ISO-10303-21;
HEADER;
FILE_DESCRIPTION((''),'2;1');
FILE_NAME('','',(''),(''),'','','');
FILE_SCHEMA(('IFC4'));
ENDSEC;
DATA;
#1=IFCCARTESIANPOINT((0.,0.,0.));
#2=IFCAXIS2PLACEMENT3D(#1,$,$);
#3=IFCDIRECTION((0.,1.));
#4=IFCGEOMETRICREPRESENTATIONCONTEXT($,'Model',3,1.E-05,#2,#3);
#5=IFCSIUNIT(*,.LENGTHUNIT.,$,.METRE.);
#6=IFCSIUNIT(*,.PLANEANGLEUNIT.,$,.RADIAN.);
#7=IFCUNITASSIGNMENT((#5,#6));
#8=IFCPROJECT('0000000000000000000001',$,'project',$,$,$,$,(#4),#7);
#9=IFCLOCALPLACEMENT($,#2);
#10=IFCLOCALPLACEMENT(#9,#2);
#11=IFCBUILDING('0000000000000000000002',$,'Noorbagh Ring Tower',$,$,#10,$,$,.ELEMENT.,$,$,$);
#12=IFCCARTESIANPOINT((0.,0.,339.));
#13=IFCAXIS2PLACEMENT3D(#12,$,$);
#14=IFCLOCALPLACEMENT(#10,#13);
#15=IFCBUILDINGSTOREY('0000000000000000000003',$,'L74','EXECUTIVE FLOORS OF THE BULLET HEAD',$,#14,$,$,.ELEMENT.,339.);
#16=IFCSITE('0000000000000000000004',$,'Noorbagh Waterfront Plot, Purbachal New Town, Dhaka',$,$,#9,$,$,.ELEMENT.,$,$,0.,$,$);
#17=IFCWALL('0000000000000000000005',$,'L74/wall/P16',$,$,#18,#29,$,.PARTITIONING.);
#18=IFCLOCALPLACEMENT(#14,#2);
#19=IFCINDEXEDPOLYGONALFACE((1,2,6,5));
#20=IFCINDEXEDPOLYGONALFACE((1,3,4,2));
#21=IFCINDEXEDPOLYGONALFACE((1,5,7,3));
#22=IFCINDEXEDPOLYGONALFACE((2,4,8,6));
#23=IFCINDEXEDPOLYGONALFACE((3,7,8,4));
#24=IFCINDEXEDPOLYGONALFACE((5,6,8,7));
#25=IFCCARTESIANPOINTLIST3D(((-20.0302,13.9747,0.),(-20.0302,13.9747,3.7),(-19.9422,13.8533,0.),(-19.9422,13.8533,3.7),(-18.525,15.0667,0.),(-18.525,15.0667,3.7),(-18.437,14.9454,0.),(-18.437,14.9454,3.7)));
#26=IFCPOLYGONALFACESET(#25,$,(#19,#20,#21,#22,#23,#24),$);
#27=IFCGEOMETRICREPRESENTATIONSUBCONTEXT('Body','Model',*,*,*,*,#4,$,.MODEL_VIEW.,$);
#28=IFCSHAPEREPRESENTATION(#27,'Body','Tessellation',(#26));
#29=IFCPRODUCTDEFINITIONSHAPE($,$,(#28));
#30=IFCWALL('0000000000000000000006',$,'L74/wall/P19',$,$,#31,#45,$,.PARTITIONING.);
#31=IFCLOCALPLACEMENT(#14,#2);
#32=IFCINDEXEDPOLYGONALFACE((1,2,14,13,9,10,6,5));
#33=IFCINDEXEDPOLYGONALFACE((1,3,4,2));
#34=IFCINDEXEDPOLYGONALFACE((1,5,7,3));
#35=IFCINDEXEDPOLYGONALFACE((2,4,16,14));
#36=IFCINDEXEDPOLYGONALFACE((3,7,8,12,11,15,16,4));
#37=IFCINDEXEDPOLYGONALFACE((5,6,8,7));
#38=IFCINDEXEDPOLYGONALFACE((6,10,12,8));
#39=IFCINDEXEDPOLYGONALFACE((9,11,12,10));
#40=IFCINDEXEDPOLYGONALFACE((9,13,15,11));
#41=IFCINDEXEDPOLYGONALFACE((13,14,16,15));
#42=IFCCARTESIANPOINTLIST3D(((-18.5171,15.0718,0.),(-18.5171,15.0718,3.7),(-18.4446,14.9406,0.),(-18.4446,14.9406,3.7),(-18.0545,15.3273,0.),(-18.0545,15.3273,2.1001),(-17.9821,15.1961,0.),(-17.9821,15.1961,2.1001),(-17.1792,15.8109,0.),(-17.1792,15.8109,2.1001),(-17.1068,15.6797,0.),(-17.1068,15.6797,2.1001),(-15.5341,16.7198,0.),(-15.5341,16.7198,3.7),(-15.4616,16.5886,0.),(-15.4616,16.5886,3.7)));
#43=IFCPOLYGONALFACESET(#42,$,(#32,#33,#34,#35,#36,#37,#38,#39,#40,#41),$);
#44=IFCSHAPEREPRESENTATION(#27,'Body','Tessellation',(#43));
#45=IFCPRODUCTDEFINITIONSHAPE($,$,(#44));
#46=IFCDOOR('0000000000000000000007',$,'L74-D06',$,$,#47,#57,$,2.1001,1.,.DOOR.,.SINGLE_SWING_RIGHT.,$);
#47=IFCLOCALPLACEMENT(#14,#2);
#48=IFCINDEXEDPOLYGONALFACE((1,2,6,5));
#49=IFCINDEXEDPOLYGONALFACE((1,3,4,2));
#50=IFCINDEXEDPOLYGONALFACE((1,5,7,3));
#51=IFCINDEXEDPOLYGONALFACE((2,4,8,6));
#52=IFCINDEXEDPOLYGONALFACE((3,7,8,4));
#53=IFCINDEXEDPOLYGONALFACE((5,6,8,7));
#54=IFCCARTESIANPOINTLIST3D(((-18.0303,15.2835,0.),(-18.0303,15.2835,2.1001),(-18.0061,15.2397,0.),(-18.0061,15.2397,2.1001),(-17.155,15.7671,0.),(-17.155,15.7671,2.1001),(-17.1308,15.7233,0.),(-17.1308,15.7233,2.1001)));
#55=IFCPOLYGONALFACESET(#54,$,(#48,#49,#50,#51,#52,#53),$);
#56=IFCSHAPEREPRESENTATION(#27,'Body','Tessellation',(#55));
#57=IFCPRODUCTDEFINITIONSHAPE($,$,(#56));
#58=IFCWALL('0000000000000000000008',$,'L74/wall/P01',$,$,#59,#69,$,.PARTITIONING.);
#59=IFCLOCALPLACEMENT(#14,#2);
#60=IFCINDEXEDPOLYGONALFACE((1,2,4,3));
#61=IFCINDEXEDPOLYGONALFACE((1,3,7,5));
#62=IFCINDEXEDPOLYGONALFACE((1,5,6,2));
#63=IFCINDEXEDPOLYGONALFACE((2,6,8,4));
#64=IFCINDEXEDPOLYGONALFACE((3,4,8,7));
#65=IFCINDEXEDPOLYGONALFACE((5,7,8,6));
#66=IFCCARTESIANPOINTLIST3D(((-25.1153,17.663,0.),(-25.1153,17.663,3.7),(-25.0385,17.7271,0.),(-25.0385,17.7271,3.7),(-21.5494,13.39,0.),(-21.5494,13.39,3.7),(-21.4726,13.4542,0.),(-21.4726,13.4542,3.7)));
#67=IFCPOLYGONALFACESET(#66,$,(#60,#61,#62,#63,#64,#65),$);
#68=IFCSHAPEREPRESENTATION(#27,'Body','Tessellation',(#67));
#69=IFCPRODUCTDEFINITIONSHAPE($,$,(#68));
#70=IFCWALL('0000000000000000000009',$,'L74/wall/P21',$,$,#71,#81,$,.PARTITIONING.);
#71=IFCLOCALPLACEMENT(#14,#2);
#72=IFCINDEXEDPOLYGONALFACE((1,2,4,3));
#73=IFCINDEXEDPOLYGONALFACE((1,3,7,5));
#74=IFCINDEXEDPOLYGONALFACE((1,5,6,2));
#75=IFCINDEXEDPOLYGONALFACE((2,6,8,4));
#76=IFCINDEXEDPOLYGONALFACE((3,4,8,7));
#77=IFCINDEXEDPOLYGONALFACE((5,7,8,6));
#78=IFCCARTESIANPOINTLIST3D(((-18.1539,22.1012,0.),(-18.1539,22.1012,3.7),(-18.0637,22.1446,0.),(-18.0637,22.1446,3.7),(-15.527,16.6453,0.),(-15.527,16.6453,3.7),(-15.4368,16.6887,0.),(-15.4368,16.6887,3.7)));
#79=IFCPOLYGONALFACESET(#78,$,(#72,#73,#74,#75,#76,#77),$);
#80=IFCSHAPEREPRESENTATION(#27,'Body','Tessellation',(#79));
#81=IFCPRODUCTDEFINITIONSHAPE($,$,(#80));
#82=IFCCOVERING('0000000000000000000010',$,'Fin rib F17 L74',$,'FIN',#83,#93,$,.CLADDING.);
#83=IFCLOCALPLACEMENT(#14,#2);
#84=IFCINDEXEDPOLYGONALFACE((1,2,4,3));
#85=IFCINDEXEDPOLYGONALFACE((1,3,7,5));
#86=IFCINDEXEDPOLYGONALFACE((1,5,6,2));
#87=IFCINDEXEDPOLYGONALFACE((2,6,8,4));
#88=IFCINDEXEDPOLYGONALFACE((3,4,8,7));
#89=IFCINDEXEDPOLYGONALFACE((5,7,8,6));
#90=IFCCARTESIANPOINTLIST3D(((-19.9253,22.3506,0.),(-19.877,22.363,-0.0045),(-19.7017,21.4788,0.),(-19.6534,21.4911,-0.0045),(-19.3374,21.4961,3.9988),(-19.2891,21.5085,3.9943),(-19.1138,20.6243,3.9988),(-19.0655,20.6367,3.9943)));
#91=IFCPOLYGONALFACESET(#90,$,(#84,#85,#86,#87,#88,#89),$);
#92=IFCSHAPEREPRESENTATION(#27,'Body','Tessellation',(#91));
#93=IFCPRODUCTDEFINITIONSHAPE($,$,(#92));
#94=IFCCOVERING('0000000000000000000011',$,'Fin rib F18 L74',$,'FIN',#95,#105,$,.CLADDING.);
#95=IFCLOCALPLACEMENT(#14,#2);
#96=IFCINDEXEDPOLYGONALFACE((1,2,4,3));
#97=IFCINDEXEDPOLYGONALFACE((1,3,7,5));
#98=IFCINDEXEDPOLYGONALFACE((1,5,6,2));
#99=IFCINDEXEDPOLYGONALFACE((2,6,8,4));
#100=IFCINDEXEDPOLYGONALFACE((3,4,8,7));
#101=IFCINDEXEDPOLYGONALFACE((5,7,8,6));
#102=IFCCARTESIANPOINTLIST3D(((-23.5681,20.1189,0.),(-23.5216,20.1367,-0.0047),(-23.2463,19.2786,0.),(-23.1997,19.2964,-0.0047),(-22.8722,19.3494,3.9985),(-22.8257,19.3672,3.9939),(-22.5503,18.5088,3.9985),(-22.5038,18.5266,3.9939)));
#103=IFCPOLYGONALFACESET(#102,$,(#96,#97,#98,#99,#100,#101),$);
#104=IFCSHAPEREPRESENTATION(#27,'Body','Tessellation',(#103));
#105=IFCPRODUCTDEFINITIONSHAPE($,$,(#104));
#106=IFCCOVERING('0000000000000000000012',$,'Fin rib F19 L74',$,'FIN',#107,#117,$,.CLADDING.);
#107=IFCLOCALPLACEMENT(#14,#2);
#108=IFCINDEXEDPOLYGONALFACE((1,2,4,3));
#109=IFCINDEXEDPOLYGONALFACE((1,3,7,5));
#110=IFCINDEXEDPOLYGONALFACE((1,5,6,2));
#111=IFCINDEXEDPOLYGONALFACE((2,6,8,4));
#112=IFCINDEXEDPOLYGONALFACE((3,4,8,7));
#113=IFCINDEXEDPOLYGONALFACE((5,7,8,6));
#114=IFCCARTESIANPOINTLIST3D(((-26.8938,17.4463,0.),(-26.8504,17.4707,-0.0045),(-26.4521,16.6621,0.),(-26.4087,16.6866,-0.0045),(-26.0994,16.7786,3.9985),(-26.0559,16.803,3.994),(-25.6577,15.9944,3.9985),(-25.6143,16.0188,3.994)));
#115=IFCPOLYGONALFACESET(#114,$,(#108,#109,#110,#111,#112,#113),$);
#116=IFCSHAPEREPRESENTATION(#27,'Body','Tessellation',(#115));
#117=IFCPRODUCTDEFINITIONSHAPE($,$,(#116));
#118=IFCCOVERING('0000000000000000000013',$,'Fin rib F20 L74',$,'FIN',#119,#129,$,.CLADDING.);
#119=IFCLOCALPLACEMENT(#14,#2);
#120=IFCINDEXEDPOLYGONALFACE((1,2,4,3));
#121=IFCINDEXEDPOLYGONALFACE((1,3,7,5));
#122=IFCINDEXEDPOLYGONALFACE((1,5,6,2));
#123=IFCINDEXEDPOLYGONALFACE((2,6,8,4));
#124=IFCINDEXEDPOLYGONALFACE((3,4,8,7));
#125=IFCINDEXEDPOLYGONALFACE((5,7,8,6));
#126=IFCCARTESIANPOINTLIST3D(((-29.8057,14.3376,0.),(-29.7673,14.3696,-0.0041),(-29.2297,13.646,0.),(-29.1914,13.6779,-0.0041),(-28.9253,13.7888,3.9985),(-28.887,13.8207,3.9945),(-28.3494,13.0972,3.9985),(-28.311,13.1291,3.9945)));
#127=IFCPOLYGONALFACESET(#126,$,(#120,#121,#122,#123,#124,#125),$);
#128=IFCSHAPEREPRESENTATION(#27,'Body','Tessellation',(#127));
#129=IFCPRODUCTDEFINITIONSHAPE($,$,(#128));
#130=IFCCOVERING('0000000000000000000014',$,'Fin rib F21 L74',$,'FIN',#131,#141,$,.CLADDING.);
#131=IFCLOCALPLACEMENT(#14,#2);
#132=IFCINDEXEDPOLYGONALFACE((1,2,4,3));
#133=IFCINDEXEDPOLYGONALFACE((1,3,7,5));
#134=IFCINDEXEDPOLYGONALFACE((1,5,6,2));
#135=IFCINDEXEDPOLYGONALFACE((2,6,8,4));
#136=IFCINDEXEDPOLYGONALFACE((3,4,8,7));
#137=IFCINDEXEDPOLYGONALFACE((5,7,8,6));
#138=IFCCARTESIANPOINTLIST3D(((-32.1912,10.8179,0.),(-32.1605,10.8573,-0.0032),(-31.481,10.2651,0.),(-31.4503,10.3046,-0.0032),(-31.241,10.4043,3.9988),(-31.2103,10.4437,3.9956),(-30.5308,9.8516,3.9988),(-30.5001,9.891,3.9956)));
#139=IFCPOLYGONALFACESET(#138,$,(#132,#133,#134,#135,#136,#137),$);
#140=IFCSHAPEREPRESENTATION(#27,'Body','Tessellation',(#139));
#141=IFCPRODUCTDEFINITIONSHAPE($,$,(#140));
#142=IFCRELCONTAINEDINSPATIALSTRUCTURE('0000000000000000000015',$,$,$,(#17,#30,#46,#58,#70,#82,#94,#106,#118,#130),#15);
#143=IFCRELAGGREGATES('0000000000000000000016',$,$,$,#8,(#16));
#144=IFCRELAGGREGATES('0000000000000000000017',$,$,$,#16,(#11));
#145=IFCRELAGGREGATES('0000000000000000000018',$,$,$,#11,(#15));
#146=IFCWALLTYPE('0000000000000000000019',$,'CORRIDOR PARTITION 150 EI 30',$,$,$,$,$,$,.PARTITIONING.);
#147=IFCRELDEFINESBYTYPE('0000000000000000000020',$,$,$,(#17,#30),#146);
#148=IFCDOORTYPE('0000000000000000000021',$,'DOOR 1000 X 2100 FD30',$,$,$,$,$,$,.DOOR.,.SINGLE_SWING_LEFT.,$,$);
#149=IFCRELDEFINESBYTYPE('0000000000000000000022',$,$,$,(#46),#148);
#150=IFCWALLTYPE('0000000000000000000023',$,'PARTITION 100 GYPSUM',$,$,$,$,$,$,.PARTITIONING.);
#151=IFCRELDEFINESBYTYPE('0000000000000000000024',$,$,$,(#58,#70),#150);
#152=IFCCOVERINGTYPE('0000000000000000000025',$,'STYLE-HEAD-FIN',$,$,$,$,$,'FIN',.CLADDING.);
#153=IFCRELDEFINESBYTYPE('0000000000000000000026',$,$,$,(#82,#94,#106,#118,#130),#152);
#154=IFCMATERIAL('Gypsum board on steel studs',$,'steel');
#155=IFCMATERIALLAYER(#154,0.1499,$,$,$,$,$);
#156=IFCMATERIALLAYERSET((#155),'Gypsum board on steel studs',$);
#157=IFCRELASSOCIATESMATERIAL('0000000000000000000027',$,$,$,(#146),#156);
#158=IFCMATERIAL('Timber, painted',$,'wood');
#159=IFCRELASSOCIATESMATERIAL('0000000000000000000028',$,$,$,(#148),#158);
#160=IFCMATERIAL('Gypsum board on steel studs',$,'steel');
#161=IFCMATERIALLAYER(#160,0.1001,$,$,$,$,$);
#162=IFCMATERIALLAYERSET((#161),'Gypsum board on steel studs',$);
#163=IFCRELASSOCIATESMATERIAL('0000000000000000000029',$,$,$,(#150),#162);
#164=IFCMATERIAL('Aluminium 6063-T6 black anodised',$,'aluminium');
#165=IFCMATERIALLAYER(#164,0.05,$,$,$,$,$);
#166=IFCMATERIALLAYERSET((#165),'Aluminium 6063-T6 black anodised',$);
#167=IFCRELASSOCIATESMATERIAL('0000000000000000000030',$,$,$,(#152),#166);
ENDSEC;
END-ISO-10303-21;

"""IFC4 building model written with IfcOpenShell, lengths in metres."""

from ifc_helpers import new_model, si_unit, direction, frame, frame_2d, origin, place, context, subcontext, project, spatial, polyline, rectangle, outline, extrude, material, layer, layer_set, type_object, element, fill, save


model = new_model("IFC4")

# Units and contexts
model_context = context("Model", 3, precision=1e-05, world=origin(), true_north=direction((0.0, 1.0)))
body_context = subcontext(model_context, "Body", "Model", "MODEL_VIEW")
ifc_project = project(units=[si_unit("LENGTHUNIT", "METRE"), si_unit("PLANEANGLEUNIT", "RADIAN")], contexts=[model_context])

# Site, building, storey
site_placement = place(None, origin())
site = spatial("IfcSite", under=ifc_project, at=site_placement, Name="Noorbagh Waterfront Plot, Purbachal New Town, Dhaka", CompositionType="ELEMENT", RefElevation=0.0)
building_placement = place(site_placement, origin())
building = spatial("IfcBuilding", under=site, at=building_placement, Name="Noorbagh Ring Tower", CompositionType="ELEMENT")
storey_placement = place(building_placement, frame((0.0, 0.0, 339.0)))
storey = spatial("IfcBuildingStorey", under=building, at=storey_placement, Name="L74", Description="EXECUTIVE FLOORS OF THE BULLET HEAD", CompositionType="ELEMENT", Elevation=339.0)

# Wall
ifc_material_1 = material(Name="Gypsum board on steel studs", Category="steel")
ifc_layer_1 = layer(ifc_material_1, 0.1499)
ifc_layer_set_1 = layer_set([ifc_layer_1], Name="Gypsum board on steel studs")
wall_type_1 = type_object("IfcWallType", Name="CORRIDOR PARTITION 150 EI 30", PredefinedType="PARTITIONING", material=ifc_layer_set_1)
wall_1_placement = place(storey_placement, frame((-19.9861, 13.9141, 0.0), z_axis=(0.0, 0.0, 1.0), x_axis=(0.8094, 0.587258, 0.0)))
element("IfcWall", 1, at=wall_1_placement, inside=storey, type_object=wall_type_1, Name="L74/wall/P16", PredefinedType="PARTITIONING", context=body_context, shape_type="SweptSolid", body=[
    extrude(rectangle(XDim=1.8596, YDim=0.1499, at=frame_2d((0.9297, 0.0))), origin(), (0.0, 0.0, 1.0), 3.7),
])

# Wall, opening, door
wall_2_placement = place(storey_placement, frame((-18.481, 15.0061, 0.0), z_axis=(0.0, 0.0, 1.0), x_axis=(0.875304, 0.483573, 0.0)))
wall_2 = element("IfcWall", 2, at=wall_2_placement, inside=storey, type_object=wall_type_1, Name="L74/wall/P19", PredefinedType="PARTITIONING", context=body_context, shape_type="SweptSolid", body=[
    extrude(rectangle(XDim=3.408, YDim=0.1499, at=frame_2d((1.7041, 0.0))), origin(), (0.0, 0.0, 1.0), 3.7),
])
opening_placement = place(wall_2_placement, frame((0.5286, 0.0, 0.0)))
opening = element("IfcOpeningElement", 3, at=opening_placement, cuts=wall_2, PredefinedType="OPENING", context=body_context, shape_type="SweptSolid", body=[
    extrude(rectangle(XDim=1.0, YDim=2.1001, at=frame_2d((0.5, 1.05))), frame((0.0, 0.085, 0.0), z_axis=(0.0, -1.0, 0.0), x_axis=(1.0, 0.0, 0.0)), (0.0, 0.0, 1.0), 0.1699),
])
ifc_material_2 = material(Name="Timber, painted", Category="wood")
door_type = type_object("IfcDoorType", Name="DOOR 1000 X 2100 FD30", OperationType="SINGLE_SWING_LEFT", PredefinedType="DOOR", material=ifc_material_2)
door_placement = place(opening_placement, origin())
door = element("IfcDoor", 4, at=door_placement, inside=storey, type_object=door_type, Name="L74-D06", OperationType="SINGLE_SWING_RIGHT", OverallHeight=2.1001, OverallWidth=1.0, PredefinedType="DOOR", context=body_context, shape_type="SweptSolid", body=[
    extrude(rectangle(XDim=1.0, YDim=2.1001, at=frame_2d((0.5, 1.05))), frame((0.0, 0.0249, 0.0), z_axis=(0.0, -1.0, 0.0), x_axis=(1.0, 0.0, 0.0)), (0.0, 0.0, 1.0), 0.05),
])
fill(opening, door)

# Walls
ifc_material_3 = material(Name="Gypsum board on steel studs", Category="steel")
ifc_layer_2 = layer(ifc_material_3, 0.1001)
ifc_layer_set_2 = layer_set([ifc_layer_2], Name="Gypsum board on steel studs")
wall_type_2 = type_object("IfcWallType", Name="PARTITION 100 GYPSUM", PredefinedType="PARTITIONING", material=ifc_layer_set_2)
wall_3_placement = place(storey_placement, frame((-25.0769, 17.6951, 0.0), z_axis=(0.0, 0.0, 1.0), x_axis=(0.640728, -0.767768, 0.0)))
element("IfcWall", 5, at=wall_3_placement, inside=storey, type_object=wall_type_2, Name="L74/wall/P01", PredefinedType="PARTITIONING", context=body_context, shape_type="SweptSolid", body=[
    extrude(rectangle(XDim=5.5654, YDim=0.1001, at=frame_2d((2.7827, 0.0))), origin(), (0.0, 0.0, 1.0), 3.7),
])
wall_4_placement = place(storey_placement, frame((-18.1089, 22.123, 0.0), z_axis=(0.0, 0.0, 1.0), x_axis=(0.433811, -0.901004, 0.0)))
element("IfcWall", 6, at=wall_4_placement, inside=storey, type_object=wall_type_2, Name="L74/wall/P21", PredefinedType="PARTITIONING", context=body_context, shape_type="SweptSolid", body=[
    extrude(rectangle(XDim=6.0554, YDim=0.1001, at=frame_2d((3.0278, 0.0))), origin(), (0.0, 0.0, 1.0), 3.7),
])

# Coverings
ifc_material_4 = material(Name="Aluminium 6063-T6 black anodised", Category="aluminium")
ifc_layer_3 = layer(ifc_material_4, 0.05)
ifc_layer_set_3 = layer_set([ifc_layer_3], Name="Aluminium 6063-T6 black anodised")
covering_type_1 = type_object("IfcCoveringType", Name="STYLE-HEAD-FIN", ElementType="FIN", PredefinedType="CLADDING", material=ifc_layer_set_3)
covering_1_placement = place(storey_placement, frame((-19.9253, 22.3506, 0.0), z_axis=(-0.9648, -0.247482, 0.088959), x_axis=(0.142308, -0.206844, 0.967969)))
element("IfcCovering", 7, at=covering_1_placement, inside=storey, type_object=covering_type_1, Name="Fin rib F17 L74", ObjectType="FIN", PredefinedType="CLADDING", context=body_context, shape_type="SweptSolid", body=[
    extrude(outline(polyline([(0.0, 0.0), (4.1311, 0.0), (4.3433, -0.8747), (0.2122, -0.8747), (0.0, 0.0)])), origin(), (0.0, 0.0, -1.0), 0.05),
])
covering_2_placement = place(storey_placement, frame((-23.5681, 20.1189, 0.0), z_axis=(-0.929777, -0.356111, 0.093277), x_axis=(0.168453, -0.186279, 0.967948)))
element("IfcCovering", 8, at=covering_2_placement, inside=storey, type_object=covering_type_1, Name="Fin rib F18 L74", ObjectType="FIN", PredefinedType="CLADDING", context=body_context, shape_type="SweptSolid", body=[
    extrude(outline(polyline([(0.0, 0.0), (4.1309, 0.0), (4.3418, -0.8751), (0.2107, -0.8748), (0.0, 0.0)])), origin(), (0.0, 0.0, -1.0), 0.05),
])
covering_3_placement = place(storey_placement, frame((-26.8938, 17.4463, 0.0), z_axis=(-0.867716, -0.488698, 0.09079), x_axis=(0.19231, -0.161637, 0.967931)))
element("IfcCovering", 9, at=covering_3_placement, inside=storey, type_object=covering_type_1, Name="Fin rib F19 L74", ObjectType="FIN", PredefinedType="CLADDING", context=body_context, shape_type="SweptSolid", body=[
    extrude(outline(polyline([(0.0, 0.0), (4.131, 0.0), (4.3427, -0.8747), (0.2117, -0.8747), (0.0, 0.0)])), origin(), (0.0, 0.0, -1.0), 0.05),
])
covering_4_placement = place(storey_placement, frame((-29.8057, 14.3376, 0.0), z_axis=(-0.765935, -0.637783, 0.081098), x_axis=(0.213117, -0.132858, 0.967951)))
element("IfcCovering", 10, at=covering_4_placement, inside=storey, type_object=covering_type_1, Name="Fin rib F20 L74", ObjectType="FIN", PredefinedType="CLADDING", context=body_context, shape_type="SweptSolid", body=[
    extrude(outline(polyline([(0.0, 0.0), (4.1309, 0.0), (4.3456, -0.8741), (0.2146, -0.8741), (0.0, 0.0)])), origin(), (0.0, 0.0, -1.0), 0.05),
])
covering_5_placement = place(storey_placement, frame((-32.1912, 10.8179, 0.0), z_axis=(-0.612918, -0.787535, 0.064192), x_axis=(0.230023, -0.100118, 0.968022)))
element("IfcCovering", 11, at=covering_5_placement, inside=storey, type_object=covering_type_1, Name="Fin rib F21 L74", ObjectType="FIN", PredefinedType="CLADDING", context=body_context, shape_type="SweptSolid", body=[
    extrude(outline(polyline([(0.0, 0.0), (4.1309, 0.0), (4.3496, -0.873), (0.2187, -0.873), (0.0, 0.0)])), origin(), (0.0, 0.0, -1.0), 0.05),
])

save(model, "model.ifc")
